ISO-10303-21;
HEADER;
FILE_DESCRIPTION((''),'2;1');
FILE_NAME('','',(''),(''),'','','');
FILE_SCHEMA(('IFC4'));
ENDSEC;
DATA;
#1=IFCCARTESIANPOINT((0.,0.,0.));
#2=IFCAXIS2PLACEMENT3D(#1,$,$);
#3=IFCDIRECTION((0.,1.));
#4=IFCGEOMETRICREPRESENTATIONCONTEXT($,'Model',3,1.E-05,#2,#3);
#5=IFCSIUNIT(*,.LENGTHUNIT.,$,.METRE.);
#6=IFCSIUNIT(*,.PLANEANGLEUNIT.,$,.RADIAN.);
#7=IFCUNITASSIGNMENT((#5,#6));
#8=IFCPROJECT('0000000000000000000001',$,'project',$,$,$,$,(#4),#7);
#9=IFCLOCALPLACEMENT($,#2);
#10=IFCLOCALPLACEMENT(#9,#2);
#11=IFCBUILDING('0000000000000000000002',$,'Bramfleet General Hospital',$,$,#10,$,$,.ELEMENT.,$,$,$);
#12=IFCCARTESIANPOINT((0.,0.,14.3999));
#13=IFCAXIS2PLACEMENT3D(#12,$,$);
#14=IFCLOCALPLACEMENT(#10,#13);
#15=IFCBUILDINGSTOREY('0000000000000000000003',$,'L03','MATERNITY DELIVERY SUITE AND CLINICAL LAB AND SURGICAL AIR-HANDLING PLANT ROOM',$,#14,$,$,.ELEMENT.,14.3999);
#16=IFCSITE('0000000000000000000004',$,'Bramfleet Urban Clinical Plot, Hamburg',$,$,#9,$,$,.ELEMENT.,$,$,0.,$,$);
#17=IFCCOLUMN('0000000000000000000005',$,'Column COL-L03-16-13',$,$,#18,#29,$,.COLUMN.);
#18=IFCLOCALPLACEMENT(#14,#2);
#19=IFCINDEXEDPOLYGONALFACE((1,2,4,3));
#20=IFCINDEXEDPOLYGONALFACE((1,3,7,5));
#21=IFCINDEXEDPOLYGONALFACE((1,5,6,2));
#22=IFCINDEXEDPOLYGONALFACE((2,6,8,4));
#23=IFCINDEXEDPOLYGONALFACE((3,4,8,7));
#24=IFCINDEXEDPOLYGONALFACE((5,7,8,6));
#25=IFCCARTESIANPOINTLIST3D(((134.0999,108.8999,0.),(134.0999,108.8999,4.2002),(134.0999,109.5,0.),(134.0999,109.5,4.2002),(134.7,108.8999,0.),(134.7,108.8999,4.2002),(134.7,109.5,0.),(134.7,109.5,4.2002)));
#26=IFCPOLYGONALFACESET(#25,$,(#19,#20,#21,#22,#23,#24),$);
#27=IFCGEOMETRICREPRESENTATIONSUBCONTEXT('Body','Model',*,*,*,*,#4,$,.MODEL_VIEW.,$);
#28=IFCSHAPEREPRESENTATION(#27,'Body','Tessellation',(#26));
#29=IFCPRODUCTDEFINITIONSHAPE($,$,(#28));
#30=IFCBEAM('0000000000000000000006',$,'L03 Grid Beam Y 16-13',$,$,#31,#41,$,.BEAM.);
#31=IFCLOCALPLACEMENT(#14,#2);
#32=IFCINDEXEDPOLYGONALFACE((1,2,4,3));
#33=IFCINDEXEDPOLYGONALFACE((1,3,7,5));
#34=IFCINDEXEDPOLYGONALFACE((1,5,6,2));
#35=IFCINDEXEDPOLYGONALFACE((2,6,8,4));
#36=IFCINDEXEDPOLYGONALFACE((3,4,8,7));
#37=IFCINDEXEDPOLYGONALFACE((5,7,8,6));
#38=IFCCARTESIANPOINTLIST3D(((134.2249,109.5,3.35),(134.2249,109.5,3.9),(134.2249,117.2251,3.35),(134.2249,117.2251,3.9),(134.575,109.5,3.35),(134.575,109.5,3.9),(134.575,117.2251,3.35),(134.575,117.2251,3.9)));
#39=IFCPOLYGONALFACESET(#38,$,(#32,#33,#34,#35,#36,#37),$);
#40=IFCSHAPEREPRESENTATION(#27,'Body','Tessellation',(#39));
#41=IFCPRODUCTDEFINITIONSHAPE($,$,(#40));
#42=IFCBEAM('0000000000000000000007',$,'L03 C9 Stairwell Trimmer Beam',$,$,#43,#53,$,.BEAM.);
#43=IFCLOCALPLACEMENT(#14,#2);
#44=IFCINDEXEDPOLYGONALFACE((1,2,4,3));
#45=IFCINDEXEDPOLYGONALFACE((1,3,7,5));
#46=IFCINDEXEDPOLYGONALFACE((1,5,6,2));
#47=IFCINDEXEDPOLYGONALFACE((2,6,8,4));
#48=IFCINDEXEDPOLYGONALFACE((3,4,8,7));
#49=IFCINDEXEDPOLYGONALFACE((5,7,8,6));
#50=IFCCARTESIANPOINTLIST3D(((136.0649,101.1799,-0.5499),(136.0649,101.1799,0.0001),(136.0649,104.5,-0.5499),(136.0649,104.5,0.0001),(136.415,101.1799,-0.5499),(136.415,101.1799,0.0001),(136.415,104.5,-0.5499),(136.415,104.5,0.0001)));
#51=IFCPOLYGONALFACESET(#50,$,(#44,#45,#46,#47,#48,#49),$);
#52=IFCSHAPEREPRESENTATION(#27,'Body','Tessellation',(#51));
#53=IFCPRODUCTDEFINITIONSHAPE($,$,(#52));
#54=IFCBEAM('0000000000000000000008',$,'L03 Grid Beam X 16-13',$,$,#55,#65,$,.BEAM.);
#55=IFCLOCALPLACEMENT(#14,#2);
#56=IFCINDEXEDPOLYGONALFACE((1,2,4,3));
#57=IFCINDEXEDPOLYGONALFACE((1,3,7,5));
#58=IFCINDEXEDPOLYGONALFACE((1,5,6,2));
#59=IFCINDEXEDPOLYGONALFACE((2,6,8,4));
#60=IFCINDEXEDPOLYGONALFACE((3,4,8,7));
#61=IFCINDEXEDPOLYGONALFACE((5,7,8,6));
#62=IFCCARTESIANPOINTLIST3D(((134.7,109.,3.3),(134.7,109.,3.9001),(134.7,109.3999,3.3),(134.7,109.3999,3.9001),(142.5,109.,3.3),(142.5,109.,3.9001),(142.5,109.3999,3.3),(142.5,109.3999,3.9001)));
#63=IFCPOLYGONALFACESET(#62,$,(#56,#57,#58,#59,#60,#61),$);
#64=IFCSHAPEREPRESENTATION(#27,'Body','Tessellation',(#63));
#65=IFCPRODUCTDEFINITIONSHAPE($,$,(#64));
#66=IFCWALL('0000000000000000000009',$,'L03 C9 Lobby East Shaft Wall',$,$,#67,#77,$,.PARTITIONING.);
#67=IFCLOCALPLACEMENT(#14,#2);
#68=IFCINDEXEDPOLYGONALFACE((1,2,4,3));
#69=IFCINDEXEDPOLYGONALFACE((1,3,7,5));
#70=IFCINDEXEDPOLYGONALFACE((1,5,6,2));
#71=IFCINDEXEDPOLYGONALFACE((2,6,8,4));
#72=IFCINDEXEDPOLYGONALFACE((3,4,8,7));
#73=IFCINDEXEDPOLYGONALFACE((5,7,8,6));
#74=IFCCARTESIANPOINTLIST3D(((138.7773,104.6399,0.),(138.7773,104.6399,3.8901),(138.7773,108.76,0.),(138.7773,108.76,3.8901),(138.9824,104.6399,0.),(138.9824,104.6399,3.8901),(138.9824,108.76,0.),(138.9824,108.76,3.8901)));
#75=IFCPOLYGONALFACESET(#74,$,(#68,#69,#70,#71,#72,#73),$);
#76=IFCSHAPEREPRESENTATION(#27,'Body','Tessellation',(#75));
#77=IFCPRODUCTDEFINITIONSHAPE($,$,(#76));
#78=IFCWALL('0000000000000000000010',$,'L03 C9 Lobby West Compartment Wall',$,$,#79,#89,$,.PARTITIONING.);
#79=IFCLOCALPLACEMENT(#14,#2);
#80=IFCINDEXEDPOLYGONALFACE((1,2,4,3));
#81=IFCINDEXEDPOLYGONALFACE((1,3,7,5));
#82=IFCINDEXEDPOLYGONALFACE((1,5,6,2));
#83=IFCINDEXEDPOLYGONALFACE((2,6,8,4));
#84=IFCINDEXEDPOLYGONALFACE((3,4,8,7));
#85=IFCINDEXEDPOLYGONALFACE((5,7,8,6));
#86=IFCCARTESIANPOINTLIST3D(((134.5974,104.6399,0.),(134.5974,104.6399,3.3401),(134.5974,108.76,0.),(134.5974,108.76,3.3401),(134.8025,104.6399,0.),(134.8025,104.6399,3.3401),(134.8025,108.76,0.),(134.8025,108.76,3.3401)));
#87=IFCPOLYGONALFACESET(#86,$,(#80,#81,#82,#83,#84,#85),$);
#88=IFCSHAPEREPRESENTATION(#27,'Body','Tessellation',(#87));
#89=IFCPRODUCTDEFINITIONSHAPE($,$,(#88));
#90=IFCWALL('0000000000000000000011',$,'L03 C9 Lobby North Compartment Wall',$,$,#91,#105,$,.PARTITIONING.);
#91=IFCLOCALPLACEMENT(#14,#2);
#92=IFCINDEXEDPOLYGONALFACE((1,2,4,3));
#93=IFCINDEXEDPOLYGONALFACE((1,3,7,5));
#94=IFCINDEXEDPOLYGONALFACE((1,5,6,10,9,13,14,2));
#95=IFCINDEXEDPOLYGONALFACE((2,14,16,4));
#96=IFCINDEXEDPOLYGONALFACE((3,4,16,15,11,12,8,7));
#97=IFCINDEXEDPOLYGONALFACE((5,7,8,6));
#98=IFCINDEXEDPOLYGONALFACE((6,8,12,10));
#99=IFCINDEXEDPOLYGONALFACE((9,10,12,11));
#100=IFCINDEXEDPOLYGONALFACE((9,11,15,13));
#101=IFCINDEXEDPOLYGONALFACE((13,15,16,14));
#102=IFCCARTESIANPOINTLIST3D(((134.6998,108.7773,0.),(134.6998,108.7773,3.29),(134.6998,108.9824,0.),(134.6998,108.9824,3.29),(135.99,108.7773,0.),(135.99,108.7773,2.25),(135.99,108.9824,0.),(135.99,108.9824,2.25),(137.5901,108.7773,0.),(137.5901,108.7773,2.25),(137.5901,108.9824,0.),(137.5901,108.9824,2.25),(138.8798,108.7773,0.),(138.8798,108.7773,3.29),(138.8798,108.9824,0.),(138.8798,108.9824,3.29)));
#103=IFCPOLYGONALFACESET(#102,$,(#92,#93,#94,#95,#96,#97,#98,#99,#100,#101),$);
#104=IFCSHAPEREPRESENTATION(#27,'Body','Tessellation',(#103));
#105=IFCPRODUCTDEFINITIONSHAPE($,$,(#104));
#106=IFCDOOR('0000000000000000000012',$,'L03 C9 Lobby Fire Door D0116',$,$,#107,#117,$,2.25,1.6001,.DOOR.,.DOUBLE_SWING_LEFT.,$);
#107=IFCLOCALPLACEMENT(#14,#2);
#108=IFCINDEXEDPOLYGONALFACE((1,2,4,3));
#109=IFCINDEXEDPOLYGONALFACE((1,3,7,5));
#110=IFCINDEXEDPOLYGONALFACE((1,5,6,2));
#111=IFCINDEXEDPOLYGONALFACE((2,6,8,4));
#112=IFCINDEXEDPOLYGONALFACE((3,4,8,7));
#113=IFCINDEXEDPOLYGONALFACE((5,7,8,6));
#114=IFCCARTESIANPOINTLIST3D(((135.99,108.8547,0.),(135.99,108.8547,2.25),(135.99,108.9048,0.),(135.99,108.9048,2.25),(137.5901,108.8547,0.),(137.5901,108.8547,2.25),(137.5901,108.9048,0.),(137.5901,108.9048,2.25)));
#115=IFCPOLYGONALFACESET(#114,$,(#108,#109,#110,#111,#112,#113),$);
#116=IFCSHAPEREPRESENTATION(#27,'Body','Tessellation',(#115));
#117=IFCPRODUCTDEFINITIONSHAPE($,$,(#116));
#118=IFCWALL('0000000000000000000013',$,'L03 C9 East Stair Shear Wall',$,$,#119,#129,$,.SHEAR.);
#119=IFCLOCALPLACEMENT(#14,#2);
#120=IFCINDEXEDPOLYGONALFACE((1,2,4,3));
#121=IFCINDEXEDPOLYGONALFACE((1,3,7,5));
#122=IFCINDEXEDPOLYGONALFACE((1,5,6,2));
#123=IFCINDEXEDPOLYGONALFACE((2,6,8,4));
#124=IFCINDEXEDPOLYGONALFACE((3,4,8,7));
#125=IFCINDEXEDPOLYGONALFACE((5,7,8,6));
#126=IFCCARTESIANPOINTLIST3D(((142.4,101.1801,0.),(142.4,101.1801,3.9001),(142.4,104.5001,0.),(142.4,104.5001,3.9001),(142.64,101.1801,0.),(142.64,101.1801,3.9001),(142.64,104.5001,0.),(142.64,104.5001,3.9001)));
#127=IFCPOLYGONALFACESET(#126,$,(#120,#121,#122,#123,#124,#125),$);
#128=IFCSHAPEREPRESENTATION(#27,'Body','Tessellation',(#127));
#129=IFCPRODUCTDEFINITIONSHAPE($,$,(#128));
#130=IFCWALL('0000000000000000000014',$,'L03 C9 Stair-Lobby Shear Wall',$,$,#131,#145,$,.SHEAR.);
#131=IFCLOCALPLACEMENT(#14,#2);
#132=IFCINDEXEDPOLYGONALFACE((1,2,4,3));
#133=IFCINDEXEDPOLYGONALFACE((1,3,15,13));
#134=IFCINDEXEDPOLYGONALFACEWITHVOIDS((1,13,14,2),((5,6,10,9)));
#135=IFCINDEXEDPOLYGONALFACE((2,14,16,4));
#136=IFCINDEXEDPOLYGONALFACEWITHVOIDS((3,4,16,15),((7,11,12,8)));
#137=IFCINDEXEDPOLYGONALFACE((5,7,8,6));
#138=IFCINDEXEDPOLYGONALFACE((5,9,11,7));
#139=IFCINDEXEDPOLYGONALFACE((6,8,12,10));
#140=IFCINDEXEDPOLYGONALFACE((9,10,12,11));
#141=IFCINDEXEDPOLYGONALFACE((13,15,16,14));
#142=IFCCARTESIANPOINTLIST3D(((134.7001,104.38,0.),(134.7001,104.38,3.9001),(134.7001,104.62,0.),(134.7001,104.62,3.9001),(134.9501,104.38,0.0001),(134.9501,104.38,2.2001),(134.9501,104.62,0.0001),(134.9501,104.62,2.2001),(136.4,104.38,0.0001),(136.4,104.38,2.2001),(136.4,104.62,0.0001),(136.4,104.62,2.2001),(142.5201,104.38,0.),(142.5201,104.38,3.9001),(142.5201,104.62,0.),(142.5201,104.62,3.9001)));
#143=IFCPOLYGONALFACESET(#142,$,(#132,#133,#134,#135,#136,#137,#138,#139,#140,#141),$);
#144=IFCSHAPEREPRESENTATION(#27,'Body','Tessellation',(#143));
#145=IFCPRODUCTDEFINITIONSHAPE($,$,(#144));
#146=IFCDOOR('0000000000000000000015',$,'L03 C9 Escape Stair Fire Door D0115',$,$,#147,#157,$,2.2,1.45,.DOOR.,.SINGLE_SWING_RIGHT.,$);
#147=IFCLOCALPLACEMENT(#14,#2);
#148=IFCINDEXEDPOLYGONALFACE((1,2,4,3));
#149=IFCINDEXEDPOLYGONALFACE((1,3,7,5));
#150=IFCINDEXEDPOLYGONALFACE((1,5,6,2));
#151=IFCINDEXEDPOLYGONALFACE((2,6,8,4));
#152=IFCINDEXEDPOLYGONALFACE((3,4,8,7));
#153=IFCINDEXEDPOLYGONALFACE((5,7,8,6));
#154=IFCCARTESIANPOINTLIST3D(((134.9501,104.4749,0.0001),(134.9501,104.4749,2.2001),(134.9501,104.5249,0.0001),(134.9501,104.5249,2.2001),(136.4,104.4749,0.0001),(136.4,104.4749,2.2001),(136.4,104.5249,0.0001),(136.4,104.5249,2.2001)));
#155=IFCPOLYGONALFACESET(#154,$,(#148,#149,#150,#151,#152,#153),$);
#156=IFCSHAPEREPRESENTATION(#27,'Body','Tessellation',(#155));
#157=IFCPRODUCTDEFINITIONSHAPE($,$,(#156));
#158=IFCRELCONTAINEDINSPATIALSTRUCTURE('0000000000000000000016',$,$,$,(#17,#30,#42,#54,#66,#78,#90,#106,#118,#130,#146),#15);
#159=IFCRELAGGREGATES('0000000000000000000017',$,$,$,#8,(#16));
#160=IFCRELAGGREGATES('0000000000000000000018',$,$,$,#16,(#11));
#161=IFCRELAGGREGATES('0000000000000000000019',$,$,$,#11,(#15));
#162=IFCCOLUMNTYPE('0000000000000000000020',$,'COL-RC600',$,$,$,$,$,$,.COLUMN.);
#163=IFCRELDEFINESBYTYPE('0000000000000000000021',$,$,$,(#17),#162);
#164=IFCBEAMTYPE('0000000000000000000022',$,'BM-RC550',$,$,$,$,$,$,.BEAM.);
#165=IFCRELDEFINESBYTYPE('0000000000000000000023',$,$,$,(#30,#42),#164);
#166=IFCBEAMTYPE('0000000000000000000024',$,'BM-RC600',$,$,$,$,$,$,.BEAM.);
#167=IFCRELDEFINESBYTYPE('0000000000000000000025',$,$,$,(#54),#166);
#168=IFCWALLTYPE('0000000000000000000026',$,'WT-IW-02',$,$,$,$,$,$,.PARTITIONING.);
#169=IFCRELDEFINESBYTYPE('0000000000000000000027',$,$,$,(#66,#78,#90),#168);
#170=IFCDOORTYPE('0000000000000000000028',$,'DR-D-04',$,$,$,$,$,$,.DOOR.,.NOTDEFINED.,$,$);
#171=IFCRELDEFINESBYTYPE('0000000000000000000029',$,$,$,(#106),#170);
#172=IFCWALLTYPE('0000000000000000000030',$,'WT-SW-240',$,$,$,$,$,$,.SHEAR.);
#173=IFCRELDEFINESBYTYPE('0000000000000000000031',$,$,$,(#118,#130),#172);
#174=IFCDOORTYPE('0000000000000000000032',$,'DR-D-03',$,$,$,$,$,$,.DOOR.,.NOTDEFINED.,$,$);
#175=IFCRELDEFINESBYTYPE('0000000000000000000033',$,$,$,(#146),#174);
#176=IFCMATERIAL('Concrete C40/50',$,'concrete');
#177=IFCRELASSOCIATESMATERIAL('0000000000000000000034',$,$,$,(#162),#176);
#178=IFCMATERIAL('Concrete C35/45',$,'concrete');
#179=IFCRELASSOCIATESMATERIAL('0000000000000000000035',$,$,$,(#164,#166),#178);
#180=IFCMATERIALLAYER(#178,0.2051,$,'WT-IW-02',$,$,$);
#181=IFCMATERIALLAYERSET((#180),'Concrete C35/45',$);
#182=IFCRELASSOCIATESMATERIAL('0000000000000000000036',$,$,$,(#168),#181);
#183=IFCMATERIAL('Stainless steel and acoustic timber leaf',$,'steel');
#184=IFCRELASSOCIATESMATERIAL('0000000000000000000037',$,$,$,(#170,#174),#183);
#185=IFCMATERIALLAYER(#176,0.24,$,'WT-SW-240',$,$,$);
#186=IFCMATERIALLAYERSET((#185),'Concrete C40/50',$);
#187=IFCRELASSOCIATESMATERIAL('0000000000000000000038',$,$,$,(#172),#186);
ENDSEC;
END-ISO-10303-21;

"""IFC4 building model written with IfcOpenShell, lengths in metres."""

from ifc_helpers import new_model, si_unit, direction, frame, frame_2d, origin, origin_2d, place, context, subcontext, project, spatial, rectangle, extrude, material, layer, layer_set, material_profile, profile_set, type_object, element, fill, save


model = new_model("IFC4")

# Units and contexts
model_context = context("Model", 3, precision=1e-05, world=origin(), true_north=direction((0.0, 1.0)))
body_context = subcontext(model_context, "Body", "Model", "MODEL_VIEW")
ifc_project = project(units=[si_unit("LENGTHUNIT", "METRE"), si_unit("PLANEANGLEUNIT", "RADIAN")], contexts=[model_context])

# Site, building, storey
site_placement = place(None, origin())
site = spatial("IfcSite", under=ifc_project, at=site_placement, Name="Bramfleet Urban Clinical Plot, Hamburg", CompositionType="ELEMENT", RefElevation=0.0)
building_placement = place(site_placement, origin())
building = spatial("IfcBuilding", under=site, at=building_placement, Name="Bramfleet General Hospital", CompositionType="ELEMENT")
storey_placement = place(building_placement, frame((0.0, 0.0, 14.3999)))
storey = spatial("IfcBuildingStorey", under=building, at=storey_placement, Name="L03", Description="MATERNITY DELIVERY SUITE AND CLINICAL LAB AND SURGICAL AIR-HANDLING PLANT ROOM", CompositionType="ELEMENT", Elevation=14.3999)

# Column
ifc_material_1 = material(Name="Concrete C40/50", Category="concrete")
ifc_material_profile_1 = material_profile(ifc_material_1, rectangle(XDim=0.6001, YDim=0.6001, at=origin_2d()), Name="RC COL 600x600")
ifc_profile_set_1 = profile_set([ifc_material_profile_1], Name="Concrete C40/50")
column_type = type_object("IfcColumnType", Name="COL-RC600", PredefinedType="COLUMN", material=ifc_profile_set_1)
column_placement = place(storey_placement, frame((134.3999, 109.2, 0.0), z_axis=(0.0, 0.0, 1.0), x_axis=(1.0, 0.0, 0.0)))
element("IfcColumn", 1, at=column_placement, inside=storey, type_object=column_type, Name="Column COL-L03-16-13", PredefinedType="COLUMN", context=body_context, shape_type="SweptSolid", body=[
    extrude(rectangle(XDim=0.6001, YDim=0.6001, at=origin_2d()), origin(), (0.0, 0.0, 1.0), 4.2002),
])

# Beams
ifc_material_2 = material(Name="Concrete C35/45", Category="concrete")
ifc_material_profile_2 = material_profile(ifc_material_2, rectangle(XDim=0.3501, YDim=0.55, at=origin_2d()), Name="RC BM 550x350")
ifc_profile_set_2 = profile_set([ifc_material_profile_2], Name="Concrete C35/45")
beam_type_1 = type_object("IfcBeamType", Name="BM-RC550", PredefinedType="BEAM", material=ifc_profile_set_2)
beam_1_placement = place(storey_placement, frame((134.3999, 109.5, 3.625), z_axis=(0.0, 1.0, 0.0), x_axis=(-1.0, 0.0, 0.0)))
element("IfcBeam", 2, at=beam_1_placement, inside=storey, type_object=beam_type_1, Name="L03 Grid Beam Y 16-13", PredefinedType="BEAM", context=body_context, shape_type="SweptSolid", body=[
    extrude(rectangle(XDim=0.3501, YDim=0.55, at=origin_2d()), origin(), (0.0, 0.0, 1.0), 7.7251),
])
beam_2_placement = place(storey_placement, frame((136.24, 101.1799, -0.2749), z_axis=(0.0, 1.0, 0.0), x_axis=(-1.0, 0.0, 0.0)))
element("IfcBeam", 3, at=beam_2_placement, inside=storey, type_object=beam_type_1, Name="L03 C9 Stairwell Trimmer Beam", PredefinedType="BEAM", context=body_context, shape_type="SweptSolid", body=[
    extrude(rectangle(XDim=0.3501, YDim=0.55, at=origin_2d()), origin(), (0.0, 0.0, 1.0), 3.3201),
])
ifc_material_profile_3 = material_profile(ifc_material_2, rectangle(XDim=0.3999, YDim=0.6001, at=origin_2d()), Name="RC BM 600x400")
ifc_profile_set_3 = profile_set([ifc_material_profile_3], Name="Concrete C35/45")
beam_type_2 = type_object("IfcBeamType", Name="BM-RC600", PredefinedType="BEAM", material=ifc_profile_set_3)
beam_3_placement = place(storey_placement, frame((134.7, 109.2, 3.6001), z_axis=(1.0, 0.0, 0.0), x_axis=(0.0, 1.0, 0.0)))
element("IfcBeam", 4, at=beam_3_placement, inside=storey, type_object=beam_type_2, Name="L03 Grid Beam X 16-13", PredefinedType="BEAM", context=body_context, shape_type="SweptSolid", body=[
    extrude(rectangle(XDim=0.3999, YDim=0.6001, at=origin_2d()), origin(), (0.0, 0.0, 1.0), 7.8),
])

# Walls
ifc_layer_1 = layer(ifc_material_2, 0.2051, Name="WT-IW-02")
ifc_layer_set_1 = layer_set([ifc_layer_1], Name="Concrete C35/45")
wall_type_1 = type_object("IfcWallType", Name="WT-IW-02", PredefinedType="PARTITIONING", material=ifc_layer_set_1)
wall_1_placement = place(storey_placement, frame((138.8799, 104.6399, 0.0), z_axis=(0.0, 0.0, 1.0), x_axis=(0.0, 1.0, 0.0)))
element("IfcWall", 5, at=wall_1_placement, inside=storey, type_object=wall_type_1, Name="L03 C9 Lobby East Shaft Wall", PredefinedType="PARTITIONING", context=body_context, shape_type="SweptSolid", body=[
    extrude(rectangle(XDim=4.1201, YDim=0.2051, at=frame_2d((2.0601, 0.0))), origin(), (0.0, 0.0, 1.0), 3.8901),
])
wall_2_placement = place(storey_placement, frame((134.7, 104.6399, 0.0), z_axis=(0.0, 0.0, 1.0), x_axis=(0.0, 1.0, 0.0)))
element("IfcWall", 6, at=wall_2_placement, inside=storey, type_object=wall_type_1, Name="L03 C9 Lobby West Compartment Wall", PredefinedType="PARTITIONING", context=body_context, shape_type="SweptSolid", body=[
    extrude(rectangle(XDim=4.1201, YDim=0.2051, at=frame_2d((2.0601, 0.0))), origin(), (0.0, 0.0, 1.0), 3.3401),
])

# Wall, opening, door
wall_3_placement = place(storey_placement, frame((134.7, 108.8799, 0.0), z_axis=(0.0, 0.0, 1.0), x_axis=(1.0, 0.0, 0.0)))
wall_3 = element("IfcWall", 7, at=wall_3_placement, inside=storey, type_object=wall_type_1, Name="L03 C9 Lobby North Compartment Wall", PredefinedType="PARTITIONING", context=body_context, shape_type="SweptSolid", body=[
    extrude(rectangle(XDim=4.1799, YDim=0.2051, at=frame_2d((2.0898, 0.0))), origin(), (0.0, 0.0, 1.0), 3.29),
])
opening_1_placement = place(wall_3_placement, frame((1.29, 0.0, 0.0)))
opening_1 = element("IfcOpeningElement", 8, at=opening_1_placement, cuts=wall_3, PredefinedType="OPENING", context=body_context, shape_type="SweptSolid", body=[
    extrude(rectangle(XDim=1.6001, YDim=2.25, at=frame_2d((0.8, 1.125))), frame((0.0, 0.1125, 0.0), z_axis=(0.0, -1.0, 0.0), x_axis=(1.0, 0.0, 0.0)), (0.0, 0.0, 1.0), 0.2251),
])
ifc_material_3 = material(Name="Stainless steel and acoustic timber leaf", Category="steel")
door_type_1 = type_object("IfcDoorType", Name="DR-D-04", OperationType="NOTDEFINED", PredefinedType="DOOR", material=ifc_material_3)
door_1_placement = place(opening_1_placement, origin())
door_1 = element("IfcDoor", 9, at=door_1_placement, inside=storey, type_object=door_type_1, Name="L03 C9 Lobby Fire Door D0116", OperationType="DOUBLE_SWING_LEFT", OverallHeight=2.25, OverallWidth=1.6001, PredefinedType="DOOR", context=body_context, shape_type="SweptSolid", body=[
    extrude(rectangle(XDim=1.6001, YDim=2.25, at=frame_2d((0.8, 1.125))), frame((0.0, 0.0249, 0.0), z_axis=(0.0, -1.0, 0.0), x_axis=(1.0, 0.0, 0.0)), (0.0, 0.0, 1.0), 0.05),
])
fill(opening_1, door_1)

# Wall
ifc_layer_2 = layer(ifc_material_1, 0.24, Name="WT-SW-240")
ifc_layer_set_2 = layer_set([ifc_layer_2], Name="Concrete C40/50")
wall_type_2 = type_object("IfcWallType", Name="WT-SW-240", PredefinedType="SHEAR", material=ifc_layer_set_2)
wall_4_placement = place(storey_placement, frame((142.52, 101.1799, 0.0), z_axis=(0.0, 0.0, 1.0), x_axis=(0.0, 1.0, 0.0)))
element("IfcWall", 10, at=wall_4_placement, inside=storey, type_object=wall_type_2, Name="L03 C9 East Stair Shear Wall", PredefinedType="SHEAR", context=body_context, shape_type="SweptSolid", body=[
    extrude(rectangle(XDim=3.3201, YDim=0.24, at=frame_2d((1.6602, 0.0))), origin(), (0.0, 0.0, 1.0), 3.9001),
])

# Wall, opening, door
wall_5_placement = place(storey_placement, frame((134.7, 104.5, 0.0), z_axis=(0.0, 0.0, 1.0), x_axis=(1.0, 0.0, 0.0)))
wall_5 = element("IfcWall", 11, at=wall_5_placement, inside=storey, type_object=wall_type_2, Name="L03 C9 Stair-Lobby Shear Wall", PredefinedType="SHEAR", context=body_context, shape_type="SweptSolid", body=[
    extrude(rectangle(XDim=7.8201, YDim=0.24, at=frame_2d((3.9102, 0.0))), origin(), (0.0, 0.0, 1.0), 3.9001),
])
opening_2_placement = place(wall_5_placement, frame((0.25, 0.0, 0.0)))
opening_2 = element("IfcOpeningElement", 12, at=opening_2_placement, cuts=wall_5, PredefinedType="OPENING", context=body_context, shape_type="SweptSolid", body=[
    extrude(rectangle(XDim=1.45, YDim=2.2, at=frame_2d((0.7251, 1.1001))), frame((0.0, 0.1299, 0.0), z_axis=(0.0, -1.0, 0.0), x_axis=(1.0, 0.0, 0.0)), (0.0, 0.0, 1.0), 0.26),
])
door_type_2 = type_object("IfcDoorType", Name="DR-D-03", OperationType="NOTDEFINED", PredefinedType="DOOR", material=ifc_material_3)
door_2_placement = place(opening_2_placement, origin())
door_2 = element("IfcDoor", 13, at=door_2_placement, inside=storey, type_object=door_type_2, Name="L03 C9 Escape Stair Fire Door D0115", OperationType="SINGLE_SWING_RIGHT", OverallHeight=2.2, OverallWidth=1.45, PredefinedType="DOOR", context=body_context, shape_type="SweptSolid", body=[
    extrude(rectangle(XDim=1.45, YDim=2.2, at=frame_2d((0.7251, 1.1001))), frame((0.0, 0.0249, 0.0), z_axis=(0.0, -1.0, 0.0), x_axis=(1.0, 0.0, 0.0)), (0.0, 0.0, 1.0), 0.05),
])
fill(opening_2, door_2)

save(model, "model.ifc")
